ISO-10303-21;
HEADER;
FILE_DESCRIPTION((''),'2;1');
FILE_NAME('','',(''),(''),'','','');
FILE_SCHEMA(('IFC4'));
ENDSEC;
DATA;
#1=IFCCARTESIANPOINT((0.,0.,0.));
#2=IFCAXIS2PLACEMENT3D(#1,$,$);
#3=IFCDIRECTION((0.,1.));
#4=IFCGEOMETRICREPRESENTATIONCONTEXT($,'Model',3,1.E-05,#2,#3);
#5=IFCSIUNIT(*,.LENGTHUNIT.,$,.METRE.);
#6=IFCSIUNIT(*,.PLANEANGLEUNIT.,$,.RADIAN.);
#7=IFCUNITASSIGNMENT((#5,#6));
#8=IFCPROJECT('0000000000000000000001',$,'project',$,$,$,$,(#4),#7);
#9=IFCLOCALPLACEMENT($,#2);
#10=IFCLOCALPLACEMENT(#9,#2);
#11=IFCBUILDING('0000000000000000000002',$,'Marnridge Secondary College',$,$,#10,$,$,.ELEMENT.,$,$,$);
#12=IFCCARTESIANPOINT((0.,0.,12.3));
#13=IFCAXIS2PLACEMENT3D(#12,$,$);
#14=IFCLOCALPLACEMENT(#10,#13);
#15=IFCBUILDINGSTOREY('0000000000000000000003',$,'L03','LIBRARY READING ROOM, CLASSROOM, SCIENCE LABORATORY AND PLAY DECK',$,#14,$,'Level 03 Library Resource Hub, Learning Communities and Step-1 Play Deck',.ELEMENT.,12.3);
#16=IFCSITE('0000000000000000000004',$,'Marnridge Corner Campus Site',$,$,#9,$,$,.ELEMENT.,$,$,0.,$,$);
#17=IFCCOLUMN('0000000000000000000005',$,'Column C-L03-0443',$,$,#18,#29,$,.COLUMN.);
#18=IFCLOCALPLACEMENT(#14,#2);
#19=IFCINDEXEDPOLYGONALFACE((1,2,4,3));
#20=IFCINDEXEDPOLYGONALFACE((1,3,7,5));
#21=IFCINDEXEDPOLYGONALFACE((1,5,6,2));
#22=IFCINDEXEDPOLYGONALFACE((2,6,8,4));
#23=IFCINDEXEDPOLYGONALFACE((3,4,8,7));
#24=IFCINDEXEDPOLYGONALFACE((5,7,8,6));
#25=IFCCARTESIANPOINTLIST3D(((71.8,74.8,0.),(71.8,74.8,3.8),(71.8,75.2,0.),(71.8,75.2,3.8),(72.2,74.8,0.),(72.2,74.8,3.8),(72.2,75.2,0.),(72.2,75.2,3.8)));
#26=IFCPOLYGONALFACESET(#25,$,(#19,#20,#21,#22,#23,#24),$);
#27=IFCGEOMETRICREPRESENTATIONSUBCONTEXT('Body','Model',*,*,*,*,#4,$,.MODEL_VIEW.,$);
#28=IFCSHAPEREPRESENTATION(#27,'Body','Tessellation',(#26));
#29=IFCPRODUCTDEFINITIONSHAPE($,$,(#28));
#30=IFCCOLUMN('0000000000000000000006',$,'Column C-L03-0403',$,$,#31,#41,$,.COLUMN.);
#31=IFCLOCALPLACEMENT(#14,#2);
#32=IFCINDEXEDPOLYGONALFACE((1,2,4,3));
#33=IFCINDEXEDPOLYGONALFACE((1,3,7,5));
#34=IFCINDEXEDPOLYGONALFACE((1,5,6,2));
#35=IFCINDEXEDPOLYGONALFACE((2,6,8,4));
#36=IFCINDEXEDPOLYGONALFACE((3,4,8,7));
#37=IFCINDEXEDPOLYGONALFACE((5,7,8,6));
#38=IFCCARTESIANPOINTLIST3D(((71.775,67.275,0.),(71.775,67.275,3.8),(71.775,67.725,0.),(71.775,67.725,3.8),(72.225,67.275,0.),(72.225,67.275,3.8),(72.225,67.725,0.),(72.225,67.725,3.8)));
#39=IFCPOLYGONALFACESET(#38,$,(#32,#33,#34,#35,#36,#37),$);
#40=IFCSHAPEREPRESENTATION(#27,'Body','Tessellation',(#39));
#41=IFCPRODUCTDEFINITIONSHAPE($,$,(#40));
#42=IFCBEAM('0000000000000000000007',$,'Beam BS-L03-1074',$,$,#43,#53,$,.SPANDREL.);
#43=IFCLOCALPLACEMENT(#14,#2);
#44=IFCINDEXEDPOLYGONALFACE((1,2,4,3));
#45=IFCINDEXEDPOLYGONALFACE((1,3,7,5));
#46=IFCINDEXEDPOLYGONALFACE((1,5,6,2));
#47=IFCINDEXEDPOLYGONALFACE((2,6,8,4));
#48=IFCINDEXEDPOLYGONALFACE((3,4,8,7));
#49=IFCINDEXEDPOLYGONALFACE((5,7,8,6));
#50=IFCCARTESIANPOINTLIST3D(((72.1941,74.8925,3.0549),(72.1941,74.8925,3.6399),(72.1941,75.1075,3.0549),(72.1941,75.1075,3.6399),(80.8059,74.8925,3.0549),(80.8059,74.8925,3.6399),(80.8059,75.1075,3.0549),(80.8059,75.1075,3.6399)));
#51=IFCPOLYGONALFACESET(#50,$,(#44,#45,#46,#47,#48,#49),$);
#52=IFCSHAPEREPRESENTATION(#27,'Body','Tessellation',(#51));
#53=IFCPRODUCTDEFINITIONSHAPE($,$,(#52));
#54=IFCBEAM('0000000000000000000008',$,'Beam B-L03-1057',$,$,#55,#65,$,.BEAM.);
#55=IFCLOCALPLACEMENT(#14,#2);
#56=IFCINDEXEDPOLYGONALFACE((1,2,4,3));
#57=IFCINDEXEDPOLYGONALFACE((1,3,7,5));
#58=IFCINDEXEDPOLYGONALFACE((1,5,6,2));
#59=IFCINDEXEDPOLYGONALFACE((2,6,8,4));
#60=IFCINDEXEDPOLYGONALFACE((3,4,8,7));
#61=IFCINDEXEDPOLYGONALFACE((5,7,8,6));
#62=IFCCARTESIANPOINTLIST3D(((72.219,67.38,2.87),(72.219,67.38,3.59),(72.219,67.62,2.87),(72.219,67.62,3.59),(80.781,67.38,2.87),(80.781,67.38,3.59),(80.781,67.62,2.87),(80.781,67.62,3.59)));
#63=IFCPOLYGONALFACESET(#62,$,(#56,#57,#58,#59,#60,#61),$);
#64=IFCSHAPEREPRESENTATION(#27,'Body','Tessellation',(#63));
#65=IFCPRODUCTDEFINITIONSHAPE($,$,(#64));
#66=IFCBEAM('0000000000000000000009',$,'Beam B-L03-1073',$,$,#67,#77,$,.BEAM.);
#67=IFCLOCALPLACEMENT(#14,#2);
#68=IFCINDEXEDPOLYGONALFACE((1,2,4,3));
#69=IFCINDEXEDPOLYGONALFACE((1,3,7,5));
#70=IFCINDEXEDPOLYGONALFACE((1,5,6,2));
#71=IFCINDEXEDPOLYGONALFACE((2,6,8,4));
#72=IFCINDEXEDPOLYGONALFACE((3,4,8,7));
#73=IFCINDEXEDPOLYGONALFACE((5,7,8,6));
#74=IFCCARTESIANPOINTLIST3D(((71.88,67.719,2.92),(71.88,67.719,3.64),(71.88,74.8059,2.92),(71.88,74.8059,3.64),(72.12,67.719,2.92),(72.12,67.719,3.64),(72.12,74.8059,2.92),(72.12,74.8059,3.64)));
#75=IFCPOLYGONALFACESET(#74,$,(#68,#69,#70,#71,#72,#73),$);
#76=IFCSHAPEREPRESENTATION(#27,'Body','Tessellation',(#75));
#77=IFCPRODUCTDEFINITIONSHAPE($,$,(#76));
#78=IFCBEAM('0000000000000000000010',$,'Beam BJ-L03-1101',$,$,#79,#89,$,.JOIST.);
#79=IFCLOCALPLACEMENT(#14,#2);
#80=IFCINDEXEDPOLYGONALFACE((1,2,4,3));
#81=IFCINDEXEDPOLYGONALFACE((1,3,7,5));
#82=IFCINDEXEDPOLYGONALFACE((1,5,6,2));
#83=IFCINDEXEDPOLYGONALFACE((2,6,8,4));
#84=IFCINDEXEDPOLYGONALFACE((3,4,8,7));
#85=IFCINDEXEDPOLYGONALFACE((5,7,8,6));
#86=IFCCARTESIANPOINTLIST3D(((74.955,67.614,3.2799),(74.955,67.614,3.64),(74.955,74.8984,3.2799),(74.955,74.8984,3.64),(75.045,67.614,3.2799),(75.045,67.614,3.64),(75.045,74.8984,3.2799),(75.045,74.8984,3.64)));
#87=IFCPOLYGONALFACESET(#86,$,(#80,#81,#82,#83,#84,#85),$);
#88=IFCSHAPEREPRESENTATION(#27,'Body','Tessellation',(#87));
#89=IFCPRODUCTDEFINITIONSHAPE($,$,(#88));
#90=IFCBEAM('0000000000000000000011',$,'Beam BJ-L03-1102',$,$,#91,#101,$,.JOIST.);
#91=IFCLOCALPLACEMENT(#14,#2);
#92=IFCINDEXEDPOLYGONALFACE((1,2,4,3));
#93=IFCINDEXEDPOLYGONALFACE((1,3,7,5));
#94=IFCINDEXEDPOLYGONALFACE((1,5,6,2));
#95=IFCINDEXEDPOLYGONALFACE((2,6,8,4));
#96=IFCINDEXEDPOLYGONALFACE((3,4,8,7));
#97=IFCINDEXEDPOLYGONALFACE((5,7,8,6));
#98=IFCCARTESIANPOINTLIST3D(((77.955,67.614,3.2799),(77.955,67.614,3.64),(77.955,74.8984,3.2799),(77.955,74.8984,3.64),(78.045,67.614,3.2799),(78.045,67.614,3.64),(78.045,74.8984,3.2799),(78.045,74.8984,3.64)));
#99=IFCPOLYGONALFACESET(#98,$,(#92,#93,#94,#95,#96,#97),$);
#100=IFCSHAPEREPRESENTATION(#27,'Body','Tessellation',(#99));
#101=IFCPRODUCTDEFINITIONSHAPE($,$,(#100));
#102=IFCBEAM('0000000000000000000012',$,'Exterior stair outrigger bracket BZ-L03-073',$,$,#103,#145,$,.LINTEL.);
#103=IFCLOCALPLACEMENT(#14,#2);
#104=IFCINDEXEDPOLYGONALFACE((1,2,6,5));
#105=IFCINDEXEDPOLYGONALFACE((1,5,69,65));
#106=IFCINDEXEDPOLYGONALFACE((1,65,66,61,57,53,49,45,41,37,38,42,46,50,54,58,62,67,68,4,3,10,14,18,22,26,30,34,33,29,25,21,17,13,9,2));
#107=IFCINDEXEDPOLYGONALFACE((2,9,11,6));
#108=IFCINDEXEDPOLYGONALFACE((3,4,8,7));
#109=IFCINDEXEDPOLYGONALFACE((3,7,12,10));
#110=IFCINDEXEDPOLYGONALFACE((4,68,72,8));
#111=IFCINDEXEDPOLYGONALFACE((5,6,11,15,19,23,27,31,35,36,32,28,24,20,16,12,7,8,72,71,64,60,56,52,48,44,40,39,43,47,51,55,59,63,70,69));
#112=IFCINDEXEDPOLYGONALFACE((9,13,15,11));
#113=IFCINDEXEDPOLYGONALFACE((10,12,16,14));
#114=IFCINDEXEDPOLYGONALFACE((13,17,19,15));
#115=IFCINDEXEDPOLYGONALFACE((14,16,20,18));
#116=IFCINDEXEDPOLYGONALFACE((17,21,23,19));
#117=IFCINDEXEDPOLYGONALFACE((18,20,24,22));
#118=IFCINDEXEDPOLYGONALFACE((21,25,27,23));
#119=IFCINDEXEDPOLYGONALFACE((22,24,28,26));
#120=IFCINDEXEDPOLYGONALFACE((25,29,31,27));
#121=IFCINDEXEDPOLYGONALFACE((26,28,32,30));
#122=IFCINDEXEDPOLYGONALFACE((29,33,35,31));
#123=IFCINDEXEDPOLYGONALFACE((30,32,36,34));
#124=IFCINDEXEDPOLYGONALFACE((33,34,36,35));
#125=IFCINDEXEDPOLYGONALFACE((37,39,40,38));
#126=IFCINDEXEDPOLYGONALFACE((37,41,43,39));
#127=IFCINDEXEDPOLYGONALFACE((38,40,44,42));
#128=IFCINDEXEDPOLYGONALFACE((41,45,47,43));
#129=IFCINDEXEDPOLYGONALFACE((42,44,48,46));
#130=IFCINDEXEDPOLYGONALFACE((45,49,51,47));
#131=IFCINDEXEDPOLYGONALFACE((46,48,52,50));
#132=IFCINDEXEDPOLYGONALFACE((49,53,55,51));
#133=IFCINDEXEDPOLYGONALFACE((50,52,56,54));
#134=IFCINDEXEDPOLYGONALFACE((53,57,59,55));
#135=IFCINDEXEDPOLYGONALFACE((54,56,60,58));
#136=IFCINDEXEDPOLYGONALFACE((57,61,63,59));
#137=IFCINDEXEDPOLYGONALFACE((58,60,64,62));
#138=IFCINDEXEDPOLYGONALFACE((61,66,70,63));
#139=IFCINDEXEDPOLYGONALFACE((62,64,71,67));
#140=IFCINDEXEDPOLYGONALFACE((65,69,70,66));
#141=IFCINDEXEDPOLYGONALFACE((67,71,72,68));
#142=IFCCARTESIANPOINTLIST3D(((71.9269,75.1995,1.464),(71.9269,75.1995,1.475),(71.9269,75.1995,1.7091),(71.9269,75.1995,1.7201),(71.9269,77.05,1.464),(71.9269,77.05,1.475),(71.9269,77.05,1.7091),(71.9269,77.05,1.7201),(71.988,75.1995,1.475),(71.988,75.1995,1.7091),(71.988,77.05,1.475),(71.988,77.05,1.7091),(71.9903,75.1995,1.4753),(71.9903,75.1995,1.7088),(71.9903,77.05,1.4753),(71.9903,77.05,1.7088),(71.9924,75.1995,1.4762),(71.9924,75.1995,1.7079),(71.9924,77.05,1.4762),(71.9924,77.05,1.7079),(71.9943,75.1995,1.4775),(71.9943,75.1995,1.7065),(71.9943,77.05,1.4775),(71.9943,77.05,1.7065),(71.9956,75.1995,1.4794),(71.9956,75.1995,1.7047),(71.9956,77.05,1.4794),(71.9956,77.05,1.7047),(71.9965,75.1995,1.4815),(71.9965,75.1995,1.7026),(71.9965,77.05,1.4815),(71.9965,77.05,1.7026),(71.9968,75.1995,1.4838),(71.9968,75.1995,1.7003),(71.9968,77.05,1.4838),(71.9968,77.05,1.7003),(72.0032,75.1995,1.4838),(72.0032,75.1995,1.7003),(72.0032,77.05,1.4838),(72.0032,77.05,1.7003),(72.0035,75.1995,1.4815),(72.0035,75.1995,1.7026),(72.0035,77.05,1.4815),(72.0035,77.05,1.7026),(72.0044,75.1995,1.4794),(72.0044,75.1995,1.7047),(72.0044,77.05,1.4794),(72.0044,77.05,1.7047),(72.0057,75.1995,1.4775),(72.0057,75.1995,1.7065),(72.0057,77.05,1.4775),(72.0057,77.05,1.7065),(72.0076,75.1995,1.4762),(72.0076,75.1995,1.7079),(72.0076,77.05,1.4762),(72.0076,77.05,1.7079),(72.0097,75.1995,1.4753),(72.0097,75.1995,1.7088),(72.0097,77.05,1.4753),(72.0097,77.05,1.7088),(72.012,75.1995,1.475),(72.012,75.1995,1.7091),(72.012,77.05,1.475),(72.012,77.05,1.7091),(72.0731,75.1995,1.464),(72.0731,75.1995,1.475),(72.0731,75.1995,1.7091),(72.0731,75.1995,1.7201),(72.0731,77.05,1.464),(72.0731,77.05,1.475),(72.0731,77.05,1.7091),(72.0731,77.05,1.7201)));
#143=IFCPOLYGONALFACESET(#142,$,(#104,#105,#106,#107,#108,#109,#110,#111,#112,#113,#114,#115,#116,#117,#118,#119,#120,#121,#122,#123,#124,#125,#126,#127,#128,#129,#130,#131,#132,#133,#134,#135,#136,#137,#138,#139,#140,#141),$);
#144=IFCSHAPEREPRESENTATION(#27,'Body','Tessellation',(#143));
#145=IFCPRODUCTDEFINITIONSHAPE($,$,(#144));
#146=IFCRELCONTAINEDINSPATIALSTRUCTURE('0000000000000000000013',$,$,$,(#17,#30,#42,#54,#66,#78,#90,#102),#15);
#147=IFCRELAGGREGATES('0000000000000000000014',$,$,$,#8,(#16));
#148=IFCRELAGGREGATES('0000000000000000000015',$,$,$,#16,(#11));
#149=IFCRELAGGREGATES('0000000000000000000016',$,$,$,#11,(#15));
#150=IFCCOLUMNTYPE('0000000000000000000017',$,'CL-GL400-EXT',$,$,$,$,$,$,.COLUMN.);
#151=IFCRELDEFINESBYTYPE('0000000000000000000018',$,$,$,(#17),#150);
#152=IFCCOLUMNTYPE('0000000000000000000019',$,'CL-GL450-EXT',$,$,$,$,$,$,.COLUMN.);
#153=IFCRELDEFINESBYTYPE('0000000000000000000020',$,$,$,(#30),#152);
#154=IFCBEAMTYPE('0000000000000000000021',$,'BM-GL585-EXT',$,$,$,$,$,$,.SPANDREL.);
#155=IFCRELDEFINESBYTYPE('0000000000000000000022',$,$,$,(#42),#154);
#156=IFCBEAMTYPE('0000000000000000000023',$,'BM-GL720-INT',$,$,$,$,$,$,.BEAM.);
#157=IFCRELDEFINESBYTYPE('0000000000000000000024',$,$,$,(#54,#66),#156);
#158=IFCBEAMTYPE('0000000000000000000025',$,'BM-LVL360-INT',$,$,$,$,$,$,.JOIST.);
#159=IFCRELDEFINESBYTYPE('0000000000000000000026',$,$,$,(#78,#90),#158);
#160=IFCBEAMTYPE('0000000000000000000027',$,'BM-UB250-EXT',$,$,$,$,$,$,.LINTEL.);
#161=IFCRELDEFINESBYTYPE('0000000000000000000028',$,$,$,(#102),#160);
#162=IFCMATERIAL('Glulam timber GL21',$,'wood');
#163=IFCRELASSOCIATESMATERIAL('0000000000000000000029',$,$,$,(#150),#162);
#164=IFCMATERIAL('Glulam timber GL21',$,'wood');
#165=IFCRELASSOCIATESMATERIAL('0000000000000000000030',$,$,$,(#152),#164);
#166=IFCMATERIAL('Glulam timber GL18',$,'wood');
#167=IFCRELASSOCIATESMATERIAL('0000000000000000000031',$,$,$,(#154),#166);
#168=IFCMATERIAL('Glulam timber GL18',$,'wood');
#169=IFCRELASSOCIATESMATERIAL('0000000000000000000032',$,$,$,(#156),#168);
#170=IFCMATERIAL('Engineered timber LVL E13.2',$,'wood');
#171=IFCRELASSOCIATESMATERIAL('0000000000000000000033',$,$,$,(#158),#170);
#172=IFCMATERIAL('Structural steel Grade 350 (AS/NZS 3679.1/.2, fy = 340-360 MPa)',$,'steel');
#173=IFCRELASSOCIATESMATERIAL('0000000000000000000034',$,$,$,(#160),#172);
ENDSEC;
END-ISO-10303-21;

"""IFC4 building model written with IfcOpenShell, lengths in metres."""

from ifc_helpers import new_model, si_unit, direction, frame, origin, origin_2d, place, context, subcontext, project, spatial, rectangle, i_section, extrude, material, material_profile, profile_set, type_object, element, save


model = new_model("IFC4")

# Units and contexts
model_context = context("Model", 3, precision=1e-05, world=origin(), true_north=direction((0.0, 1.0)))
body_context = subcontext(model_context, "Body", "Model", "MODEL_VIEW")
ifc_project = project(units=[si_unit("LENGTHUNIT", "METRE"), si_unit("PLANEANGLEUNIT", "RADIAN")], contexts=[model_context])

# Site, building, storey
site_placement = place(None, origin())
site = spatial("IfcSite", under=ifc_project, at=site_placement, Name="Marnridge Corner Campus Site", CompositionType="ELEMENT", RefElevation=0.0)
building_placement = place(site_placement, origin())
building = spatial("IfcBuilding", under=site, at=building_placement, Name="Marnridge Secondary College", CompositionType="ELEMENT")
storey_placement = place(building_placement, frame((0.0, 0.0, 12.3)))
storey = spatial("IfcBuildingStorey", under=building, at=storey_placement, Name="L03", Description="LIBRARY READING ROOM, CLASSROOM, SCIENCE LABORATORY AND PLAY DECK", LongName="Level 03 Library Resource Hub, Learning Communities and Step-1 Play Deck", CompositionType="ELEMENT", Elevation=12.3)

# Columns
ifc_material_1 = material(Name="Glulam timber GL21", Category="wood")
ifc_material_profile_1 = material_profile(ifc_material_1, rectangle(XDim=0.3999, YDim=0.3999, at=origin_2d()), Name="GL21 400x400")
ifc_profile_set_1 = profile_set([ifc_material_profile_1], Name="Glulam timber GL21")
column_type_1 = type_object("IfcColumnType", Name="CL-GL400-EXT", PredefinedType="COLUMN", material=ifc_profile_set_1)
column_1_placement = place(storey_placement, frame((72.0, 75.0, 0.0), z_axis=(0.0, 0.0, 1.0), x_axis=(1.0, 0.0, 0.0)))
element("IfcColumn", 1, at=column_1_placement, inside=storey, type_object=column_type_1, Name="Column C-L03-0443", PredefinedType="COLUMN", context=body_context, shape_type="SweptSolid", body=[
    extrude(rectangle(XDim=0.3999, YDim=0.3999, at=origin_2d()), origin(), (0.0, 0.0, 1.0), 3.8),
])
ifc_material_2 = material(Name="Glulam timber GL21", Category="wood")
ifc_material_profile_2 = material_profile(ifc_material_2, rectangle(XDim=0.45, YDim=0.45, at=origin_2d()), Name="GL21 450x450")
ifc_profile_set_2 = profile_set([ifc_material_profile_2], Name="Glulam timber GL21")
column_type_2 = type_object("IfcColumnType", Name="CL-GL450-EXT", PredefinedType="COLUMN", material=ifc_profile_set_2)
column_2_placement = place(storey_placement, frame((72.0, 67.5, 0.0), z_axis=(0.0, 0.0, 1.0), x_axis=(1.0, 0.0, 0.0)))
element("IfcColumn", 2, at=column_2_placement, inside=storey, type_object=column_type_2, Name="Column C-L03-0403", PredefinedType="COLUMN", context=body_context, shape_type="SweptSolid", body=[
    extrude(rectangle(XDim=0.45, YDim=0.45, at=origin_2d()), origin(), (0.0, 0.0, 1.0), 3.8),
])

# Beams
ifc_material_3 = material(Name="Glulam timber GL18", Category="wood")
ifc_material_profile_3 = material_profile(ifc_material_3, rectangle(XDim=0.2151, YDim=0.585, at=origin_2d()), Name="GL18 215x585")
ifc_profile_set_3 = profile_set([ifc_material_profile_3], Name="Glulam timber GL18")
beam_type_1 = type_object("IfcBeamType", Name="BM-GL585-EXT", PredefinedType="SPANDREL", material=ifc_profile_set_3)
beam_1_placement = place(storey_placement, frame((72.1941, 75.0, 3.3474), z_axis=(1.0, 0.0, 0.0), x_axis=(0.0, 1.0, 0.0)))
element("IfcBeam", 3, at=beam_1_placement, inside=storey, type_object=beam_type_1, Name="Beam BS-L03-1074", PredefinedType="SPANDREL", context=body_context, shape_type="SweptSolid", body=[
    extrude(rectangle(XDim=0.2151, YDim=0.585, at=origin_2d()), origin(), (0.0, 0.0, 1.0), 8.6118),
])
ifc_material_4 = material(Name="Glulam timber GL18", Category="wood")
ifc_material_profile_4 = material_profile(ifc_material_4, rectangle(XDim=0.24, YDim=0.72, at=origin_2d()), Name="GL18 240x720")
ifc_profile_set_4 = profile_set([ifc_material_profile_4], Name="Glulam timber GL18")
beam_type_2 = type_object("IfcBeamType", Name="BM-GL720-INT", PredefinedType="BEAM", material=ifc_profile_set_4)
beam_2_placement = place(storey_placement, frame((72.219, 67.5, 3.23), z_axis=(1.0, 0.0, 0.0), x_axis=(0.0, 1.0, 0.0)))
element("IfcBeam", 4, at=beam_2_placement, inside=storey, type_object=beam_type_2, Name="Beam B-L03-1057", PredefinedType="BEAM", context=body_context, shape_type="SweptSolid", body=[
    extrude(rectangle(XDim=0.24, YDim=0.72, at=origin_2d()), origin(), (0.0, 0.0, 1.0), 8.562),
])
beam_3_placement = place(storey_placement, frame((72.0, 67.719, 3.28), z_axis=(0.0, 1.0, 0.0), x_axis=(-1.0, 0.0, 0.0)))
element("IfcBeam", 5, at=beam_3_placement, inside=storey, type_object=beam_type_2, Name="Beam B-L03-1073", PredefinedType="BEAM", context=body_context, shape_type="SweptSolid", body=[
    extrude(rectangle(XDim=0.24, YDim=0.72, at=origin_2d()), origin(), (0.0, 0.0, 1.0), 7.0869),
])
ifc_material_5 = material(Name="Engineered timber LVL E13.2", Category="wood")
ifc_material_profile_5 = material_profile(ifc_material_5, rectangle(XDim=0.0901, YDim=0.3601, at=origin_2d()), Name="LVL 90x360")
ifc_profile_set_5 = profile_set([ifc_material_profile_5], Name="Engineered timber LVL E13.2")
beam_type_3 = type_object("IfcBeamType", Name="BM-LVL360-INT", PredefinedType="JOIST", material=ifc_profile_set_5)
for number, where, z_axis, x_axis, name in (
    (6, (75.0, 67.614, 3.46), (0.0, 1.0, 0.0), (-1.0, 0.0, 0.0), "Beam BJ-L03-1101"),
    (7, (78.0, 67.614, 3.46), (0.0, 1.0, 0.0), (-1.0, 0.0, 0.0), "Beam BJ-L03-1102"),
):
    element("IfcBeam", number, at=place(storey_placement, frame(where, z_axis=z_axis, x_axis=x_axis)), inside=storey, type_object=beam_type_3, Name=name, PredefinedType="JOIST", context=body_context, shape_type="SweptSolid", body=[
        extrude(rectangle(XDim=0.0901, YDim=0.3601, at=origin_2d()), origin(), (0.0, 0.0, 1.0), 7.2844),
    ])
ifc_material_6 = material(Name="Structural steel Grade 350 (AS/NZS 3679.1/.2, fy = 340-360 MPa)", Category="steel")
ifc_material_profile_6 = material_profile(ifc_material_6, i_section(OverallWidth=0.1462, OverallDepth=0.2561, WebThickness=0.0063, FlangeThickness=0.011, FilletRadius=0.0088, at=origin_2d()), Name="250UB37.3")
ifc_profile_set_6 = profile_set([ifc_material_profile_6], Name="Structural steel Grade 350 (AS/NZS 3679.1/.2, fy = 340-360 MPa)")
beam_type_4 = type_object("IfcBeamType", Name="BM-UB250-EXT", PredefinedType="LINTEL", material=ifc_profile_set_6)
beam_4_placement = place(storey_placement, frame((72.0, 75.1995, 1.592), z_axis=(0.0, 1.0, 0.0), x_axis=(-1.0, 0.0, 0.0)))
element("IfcBeam", 8, at=beam_4_placement, inside=storey, type_object=beam_type_4, Name="Exterior stair outrigger bracket BZ-L03-073", PredefinedType="LINTEL", context=body_context, shape_type="SweptSolid", body=[
    extrude(i_section(OverallWidth=0.1462, OverallDepth=0.2561, WebThickness=0.0063, FlangeThickness=0.011, FilletRadius=0.0088, at=origin_2d()), origin(), (0.0, 0.0, 1.0), 1.8506),
])

save(model, "model.ifc")
